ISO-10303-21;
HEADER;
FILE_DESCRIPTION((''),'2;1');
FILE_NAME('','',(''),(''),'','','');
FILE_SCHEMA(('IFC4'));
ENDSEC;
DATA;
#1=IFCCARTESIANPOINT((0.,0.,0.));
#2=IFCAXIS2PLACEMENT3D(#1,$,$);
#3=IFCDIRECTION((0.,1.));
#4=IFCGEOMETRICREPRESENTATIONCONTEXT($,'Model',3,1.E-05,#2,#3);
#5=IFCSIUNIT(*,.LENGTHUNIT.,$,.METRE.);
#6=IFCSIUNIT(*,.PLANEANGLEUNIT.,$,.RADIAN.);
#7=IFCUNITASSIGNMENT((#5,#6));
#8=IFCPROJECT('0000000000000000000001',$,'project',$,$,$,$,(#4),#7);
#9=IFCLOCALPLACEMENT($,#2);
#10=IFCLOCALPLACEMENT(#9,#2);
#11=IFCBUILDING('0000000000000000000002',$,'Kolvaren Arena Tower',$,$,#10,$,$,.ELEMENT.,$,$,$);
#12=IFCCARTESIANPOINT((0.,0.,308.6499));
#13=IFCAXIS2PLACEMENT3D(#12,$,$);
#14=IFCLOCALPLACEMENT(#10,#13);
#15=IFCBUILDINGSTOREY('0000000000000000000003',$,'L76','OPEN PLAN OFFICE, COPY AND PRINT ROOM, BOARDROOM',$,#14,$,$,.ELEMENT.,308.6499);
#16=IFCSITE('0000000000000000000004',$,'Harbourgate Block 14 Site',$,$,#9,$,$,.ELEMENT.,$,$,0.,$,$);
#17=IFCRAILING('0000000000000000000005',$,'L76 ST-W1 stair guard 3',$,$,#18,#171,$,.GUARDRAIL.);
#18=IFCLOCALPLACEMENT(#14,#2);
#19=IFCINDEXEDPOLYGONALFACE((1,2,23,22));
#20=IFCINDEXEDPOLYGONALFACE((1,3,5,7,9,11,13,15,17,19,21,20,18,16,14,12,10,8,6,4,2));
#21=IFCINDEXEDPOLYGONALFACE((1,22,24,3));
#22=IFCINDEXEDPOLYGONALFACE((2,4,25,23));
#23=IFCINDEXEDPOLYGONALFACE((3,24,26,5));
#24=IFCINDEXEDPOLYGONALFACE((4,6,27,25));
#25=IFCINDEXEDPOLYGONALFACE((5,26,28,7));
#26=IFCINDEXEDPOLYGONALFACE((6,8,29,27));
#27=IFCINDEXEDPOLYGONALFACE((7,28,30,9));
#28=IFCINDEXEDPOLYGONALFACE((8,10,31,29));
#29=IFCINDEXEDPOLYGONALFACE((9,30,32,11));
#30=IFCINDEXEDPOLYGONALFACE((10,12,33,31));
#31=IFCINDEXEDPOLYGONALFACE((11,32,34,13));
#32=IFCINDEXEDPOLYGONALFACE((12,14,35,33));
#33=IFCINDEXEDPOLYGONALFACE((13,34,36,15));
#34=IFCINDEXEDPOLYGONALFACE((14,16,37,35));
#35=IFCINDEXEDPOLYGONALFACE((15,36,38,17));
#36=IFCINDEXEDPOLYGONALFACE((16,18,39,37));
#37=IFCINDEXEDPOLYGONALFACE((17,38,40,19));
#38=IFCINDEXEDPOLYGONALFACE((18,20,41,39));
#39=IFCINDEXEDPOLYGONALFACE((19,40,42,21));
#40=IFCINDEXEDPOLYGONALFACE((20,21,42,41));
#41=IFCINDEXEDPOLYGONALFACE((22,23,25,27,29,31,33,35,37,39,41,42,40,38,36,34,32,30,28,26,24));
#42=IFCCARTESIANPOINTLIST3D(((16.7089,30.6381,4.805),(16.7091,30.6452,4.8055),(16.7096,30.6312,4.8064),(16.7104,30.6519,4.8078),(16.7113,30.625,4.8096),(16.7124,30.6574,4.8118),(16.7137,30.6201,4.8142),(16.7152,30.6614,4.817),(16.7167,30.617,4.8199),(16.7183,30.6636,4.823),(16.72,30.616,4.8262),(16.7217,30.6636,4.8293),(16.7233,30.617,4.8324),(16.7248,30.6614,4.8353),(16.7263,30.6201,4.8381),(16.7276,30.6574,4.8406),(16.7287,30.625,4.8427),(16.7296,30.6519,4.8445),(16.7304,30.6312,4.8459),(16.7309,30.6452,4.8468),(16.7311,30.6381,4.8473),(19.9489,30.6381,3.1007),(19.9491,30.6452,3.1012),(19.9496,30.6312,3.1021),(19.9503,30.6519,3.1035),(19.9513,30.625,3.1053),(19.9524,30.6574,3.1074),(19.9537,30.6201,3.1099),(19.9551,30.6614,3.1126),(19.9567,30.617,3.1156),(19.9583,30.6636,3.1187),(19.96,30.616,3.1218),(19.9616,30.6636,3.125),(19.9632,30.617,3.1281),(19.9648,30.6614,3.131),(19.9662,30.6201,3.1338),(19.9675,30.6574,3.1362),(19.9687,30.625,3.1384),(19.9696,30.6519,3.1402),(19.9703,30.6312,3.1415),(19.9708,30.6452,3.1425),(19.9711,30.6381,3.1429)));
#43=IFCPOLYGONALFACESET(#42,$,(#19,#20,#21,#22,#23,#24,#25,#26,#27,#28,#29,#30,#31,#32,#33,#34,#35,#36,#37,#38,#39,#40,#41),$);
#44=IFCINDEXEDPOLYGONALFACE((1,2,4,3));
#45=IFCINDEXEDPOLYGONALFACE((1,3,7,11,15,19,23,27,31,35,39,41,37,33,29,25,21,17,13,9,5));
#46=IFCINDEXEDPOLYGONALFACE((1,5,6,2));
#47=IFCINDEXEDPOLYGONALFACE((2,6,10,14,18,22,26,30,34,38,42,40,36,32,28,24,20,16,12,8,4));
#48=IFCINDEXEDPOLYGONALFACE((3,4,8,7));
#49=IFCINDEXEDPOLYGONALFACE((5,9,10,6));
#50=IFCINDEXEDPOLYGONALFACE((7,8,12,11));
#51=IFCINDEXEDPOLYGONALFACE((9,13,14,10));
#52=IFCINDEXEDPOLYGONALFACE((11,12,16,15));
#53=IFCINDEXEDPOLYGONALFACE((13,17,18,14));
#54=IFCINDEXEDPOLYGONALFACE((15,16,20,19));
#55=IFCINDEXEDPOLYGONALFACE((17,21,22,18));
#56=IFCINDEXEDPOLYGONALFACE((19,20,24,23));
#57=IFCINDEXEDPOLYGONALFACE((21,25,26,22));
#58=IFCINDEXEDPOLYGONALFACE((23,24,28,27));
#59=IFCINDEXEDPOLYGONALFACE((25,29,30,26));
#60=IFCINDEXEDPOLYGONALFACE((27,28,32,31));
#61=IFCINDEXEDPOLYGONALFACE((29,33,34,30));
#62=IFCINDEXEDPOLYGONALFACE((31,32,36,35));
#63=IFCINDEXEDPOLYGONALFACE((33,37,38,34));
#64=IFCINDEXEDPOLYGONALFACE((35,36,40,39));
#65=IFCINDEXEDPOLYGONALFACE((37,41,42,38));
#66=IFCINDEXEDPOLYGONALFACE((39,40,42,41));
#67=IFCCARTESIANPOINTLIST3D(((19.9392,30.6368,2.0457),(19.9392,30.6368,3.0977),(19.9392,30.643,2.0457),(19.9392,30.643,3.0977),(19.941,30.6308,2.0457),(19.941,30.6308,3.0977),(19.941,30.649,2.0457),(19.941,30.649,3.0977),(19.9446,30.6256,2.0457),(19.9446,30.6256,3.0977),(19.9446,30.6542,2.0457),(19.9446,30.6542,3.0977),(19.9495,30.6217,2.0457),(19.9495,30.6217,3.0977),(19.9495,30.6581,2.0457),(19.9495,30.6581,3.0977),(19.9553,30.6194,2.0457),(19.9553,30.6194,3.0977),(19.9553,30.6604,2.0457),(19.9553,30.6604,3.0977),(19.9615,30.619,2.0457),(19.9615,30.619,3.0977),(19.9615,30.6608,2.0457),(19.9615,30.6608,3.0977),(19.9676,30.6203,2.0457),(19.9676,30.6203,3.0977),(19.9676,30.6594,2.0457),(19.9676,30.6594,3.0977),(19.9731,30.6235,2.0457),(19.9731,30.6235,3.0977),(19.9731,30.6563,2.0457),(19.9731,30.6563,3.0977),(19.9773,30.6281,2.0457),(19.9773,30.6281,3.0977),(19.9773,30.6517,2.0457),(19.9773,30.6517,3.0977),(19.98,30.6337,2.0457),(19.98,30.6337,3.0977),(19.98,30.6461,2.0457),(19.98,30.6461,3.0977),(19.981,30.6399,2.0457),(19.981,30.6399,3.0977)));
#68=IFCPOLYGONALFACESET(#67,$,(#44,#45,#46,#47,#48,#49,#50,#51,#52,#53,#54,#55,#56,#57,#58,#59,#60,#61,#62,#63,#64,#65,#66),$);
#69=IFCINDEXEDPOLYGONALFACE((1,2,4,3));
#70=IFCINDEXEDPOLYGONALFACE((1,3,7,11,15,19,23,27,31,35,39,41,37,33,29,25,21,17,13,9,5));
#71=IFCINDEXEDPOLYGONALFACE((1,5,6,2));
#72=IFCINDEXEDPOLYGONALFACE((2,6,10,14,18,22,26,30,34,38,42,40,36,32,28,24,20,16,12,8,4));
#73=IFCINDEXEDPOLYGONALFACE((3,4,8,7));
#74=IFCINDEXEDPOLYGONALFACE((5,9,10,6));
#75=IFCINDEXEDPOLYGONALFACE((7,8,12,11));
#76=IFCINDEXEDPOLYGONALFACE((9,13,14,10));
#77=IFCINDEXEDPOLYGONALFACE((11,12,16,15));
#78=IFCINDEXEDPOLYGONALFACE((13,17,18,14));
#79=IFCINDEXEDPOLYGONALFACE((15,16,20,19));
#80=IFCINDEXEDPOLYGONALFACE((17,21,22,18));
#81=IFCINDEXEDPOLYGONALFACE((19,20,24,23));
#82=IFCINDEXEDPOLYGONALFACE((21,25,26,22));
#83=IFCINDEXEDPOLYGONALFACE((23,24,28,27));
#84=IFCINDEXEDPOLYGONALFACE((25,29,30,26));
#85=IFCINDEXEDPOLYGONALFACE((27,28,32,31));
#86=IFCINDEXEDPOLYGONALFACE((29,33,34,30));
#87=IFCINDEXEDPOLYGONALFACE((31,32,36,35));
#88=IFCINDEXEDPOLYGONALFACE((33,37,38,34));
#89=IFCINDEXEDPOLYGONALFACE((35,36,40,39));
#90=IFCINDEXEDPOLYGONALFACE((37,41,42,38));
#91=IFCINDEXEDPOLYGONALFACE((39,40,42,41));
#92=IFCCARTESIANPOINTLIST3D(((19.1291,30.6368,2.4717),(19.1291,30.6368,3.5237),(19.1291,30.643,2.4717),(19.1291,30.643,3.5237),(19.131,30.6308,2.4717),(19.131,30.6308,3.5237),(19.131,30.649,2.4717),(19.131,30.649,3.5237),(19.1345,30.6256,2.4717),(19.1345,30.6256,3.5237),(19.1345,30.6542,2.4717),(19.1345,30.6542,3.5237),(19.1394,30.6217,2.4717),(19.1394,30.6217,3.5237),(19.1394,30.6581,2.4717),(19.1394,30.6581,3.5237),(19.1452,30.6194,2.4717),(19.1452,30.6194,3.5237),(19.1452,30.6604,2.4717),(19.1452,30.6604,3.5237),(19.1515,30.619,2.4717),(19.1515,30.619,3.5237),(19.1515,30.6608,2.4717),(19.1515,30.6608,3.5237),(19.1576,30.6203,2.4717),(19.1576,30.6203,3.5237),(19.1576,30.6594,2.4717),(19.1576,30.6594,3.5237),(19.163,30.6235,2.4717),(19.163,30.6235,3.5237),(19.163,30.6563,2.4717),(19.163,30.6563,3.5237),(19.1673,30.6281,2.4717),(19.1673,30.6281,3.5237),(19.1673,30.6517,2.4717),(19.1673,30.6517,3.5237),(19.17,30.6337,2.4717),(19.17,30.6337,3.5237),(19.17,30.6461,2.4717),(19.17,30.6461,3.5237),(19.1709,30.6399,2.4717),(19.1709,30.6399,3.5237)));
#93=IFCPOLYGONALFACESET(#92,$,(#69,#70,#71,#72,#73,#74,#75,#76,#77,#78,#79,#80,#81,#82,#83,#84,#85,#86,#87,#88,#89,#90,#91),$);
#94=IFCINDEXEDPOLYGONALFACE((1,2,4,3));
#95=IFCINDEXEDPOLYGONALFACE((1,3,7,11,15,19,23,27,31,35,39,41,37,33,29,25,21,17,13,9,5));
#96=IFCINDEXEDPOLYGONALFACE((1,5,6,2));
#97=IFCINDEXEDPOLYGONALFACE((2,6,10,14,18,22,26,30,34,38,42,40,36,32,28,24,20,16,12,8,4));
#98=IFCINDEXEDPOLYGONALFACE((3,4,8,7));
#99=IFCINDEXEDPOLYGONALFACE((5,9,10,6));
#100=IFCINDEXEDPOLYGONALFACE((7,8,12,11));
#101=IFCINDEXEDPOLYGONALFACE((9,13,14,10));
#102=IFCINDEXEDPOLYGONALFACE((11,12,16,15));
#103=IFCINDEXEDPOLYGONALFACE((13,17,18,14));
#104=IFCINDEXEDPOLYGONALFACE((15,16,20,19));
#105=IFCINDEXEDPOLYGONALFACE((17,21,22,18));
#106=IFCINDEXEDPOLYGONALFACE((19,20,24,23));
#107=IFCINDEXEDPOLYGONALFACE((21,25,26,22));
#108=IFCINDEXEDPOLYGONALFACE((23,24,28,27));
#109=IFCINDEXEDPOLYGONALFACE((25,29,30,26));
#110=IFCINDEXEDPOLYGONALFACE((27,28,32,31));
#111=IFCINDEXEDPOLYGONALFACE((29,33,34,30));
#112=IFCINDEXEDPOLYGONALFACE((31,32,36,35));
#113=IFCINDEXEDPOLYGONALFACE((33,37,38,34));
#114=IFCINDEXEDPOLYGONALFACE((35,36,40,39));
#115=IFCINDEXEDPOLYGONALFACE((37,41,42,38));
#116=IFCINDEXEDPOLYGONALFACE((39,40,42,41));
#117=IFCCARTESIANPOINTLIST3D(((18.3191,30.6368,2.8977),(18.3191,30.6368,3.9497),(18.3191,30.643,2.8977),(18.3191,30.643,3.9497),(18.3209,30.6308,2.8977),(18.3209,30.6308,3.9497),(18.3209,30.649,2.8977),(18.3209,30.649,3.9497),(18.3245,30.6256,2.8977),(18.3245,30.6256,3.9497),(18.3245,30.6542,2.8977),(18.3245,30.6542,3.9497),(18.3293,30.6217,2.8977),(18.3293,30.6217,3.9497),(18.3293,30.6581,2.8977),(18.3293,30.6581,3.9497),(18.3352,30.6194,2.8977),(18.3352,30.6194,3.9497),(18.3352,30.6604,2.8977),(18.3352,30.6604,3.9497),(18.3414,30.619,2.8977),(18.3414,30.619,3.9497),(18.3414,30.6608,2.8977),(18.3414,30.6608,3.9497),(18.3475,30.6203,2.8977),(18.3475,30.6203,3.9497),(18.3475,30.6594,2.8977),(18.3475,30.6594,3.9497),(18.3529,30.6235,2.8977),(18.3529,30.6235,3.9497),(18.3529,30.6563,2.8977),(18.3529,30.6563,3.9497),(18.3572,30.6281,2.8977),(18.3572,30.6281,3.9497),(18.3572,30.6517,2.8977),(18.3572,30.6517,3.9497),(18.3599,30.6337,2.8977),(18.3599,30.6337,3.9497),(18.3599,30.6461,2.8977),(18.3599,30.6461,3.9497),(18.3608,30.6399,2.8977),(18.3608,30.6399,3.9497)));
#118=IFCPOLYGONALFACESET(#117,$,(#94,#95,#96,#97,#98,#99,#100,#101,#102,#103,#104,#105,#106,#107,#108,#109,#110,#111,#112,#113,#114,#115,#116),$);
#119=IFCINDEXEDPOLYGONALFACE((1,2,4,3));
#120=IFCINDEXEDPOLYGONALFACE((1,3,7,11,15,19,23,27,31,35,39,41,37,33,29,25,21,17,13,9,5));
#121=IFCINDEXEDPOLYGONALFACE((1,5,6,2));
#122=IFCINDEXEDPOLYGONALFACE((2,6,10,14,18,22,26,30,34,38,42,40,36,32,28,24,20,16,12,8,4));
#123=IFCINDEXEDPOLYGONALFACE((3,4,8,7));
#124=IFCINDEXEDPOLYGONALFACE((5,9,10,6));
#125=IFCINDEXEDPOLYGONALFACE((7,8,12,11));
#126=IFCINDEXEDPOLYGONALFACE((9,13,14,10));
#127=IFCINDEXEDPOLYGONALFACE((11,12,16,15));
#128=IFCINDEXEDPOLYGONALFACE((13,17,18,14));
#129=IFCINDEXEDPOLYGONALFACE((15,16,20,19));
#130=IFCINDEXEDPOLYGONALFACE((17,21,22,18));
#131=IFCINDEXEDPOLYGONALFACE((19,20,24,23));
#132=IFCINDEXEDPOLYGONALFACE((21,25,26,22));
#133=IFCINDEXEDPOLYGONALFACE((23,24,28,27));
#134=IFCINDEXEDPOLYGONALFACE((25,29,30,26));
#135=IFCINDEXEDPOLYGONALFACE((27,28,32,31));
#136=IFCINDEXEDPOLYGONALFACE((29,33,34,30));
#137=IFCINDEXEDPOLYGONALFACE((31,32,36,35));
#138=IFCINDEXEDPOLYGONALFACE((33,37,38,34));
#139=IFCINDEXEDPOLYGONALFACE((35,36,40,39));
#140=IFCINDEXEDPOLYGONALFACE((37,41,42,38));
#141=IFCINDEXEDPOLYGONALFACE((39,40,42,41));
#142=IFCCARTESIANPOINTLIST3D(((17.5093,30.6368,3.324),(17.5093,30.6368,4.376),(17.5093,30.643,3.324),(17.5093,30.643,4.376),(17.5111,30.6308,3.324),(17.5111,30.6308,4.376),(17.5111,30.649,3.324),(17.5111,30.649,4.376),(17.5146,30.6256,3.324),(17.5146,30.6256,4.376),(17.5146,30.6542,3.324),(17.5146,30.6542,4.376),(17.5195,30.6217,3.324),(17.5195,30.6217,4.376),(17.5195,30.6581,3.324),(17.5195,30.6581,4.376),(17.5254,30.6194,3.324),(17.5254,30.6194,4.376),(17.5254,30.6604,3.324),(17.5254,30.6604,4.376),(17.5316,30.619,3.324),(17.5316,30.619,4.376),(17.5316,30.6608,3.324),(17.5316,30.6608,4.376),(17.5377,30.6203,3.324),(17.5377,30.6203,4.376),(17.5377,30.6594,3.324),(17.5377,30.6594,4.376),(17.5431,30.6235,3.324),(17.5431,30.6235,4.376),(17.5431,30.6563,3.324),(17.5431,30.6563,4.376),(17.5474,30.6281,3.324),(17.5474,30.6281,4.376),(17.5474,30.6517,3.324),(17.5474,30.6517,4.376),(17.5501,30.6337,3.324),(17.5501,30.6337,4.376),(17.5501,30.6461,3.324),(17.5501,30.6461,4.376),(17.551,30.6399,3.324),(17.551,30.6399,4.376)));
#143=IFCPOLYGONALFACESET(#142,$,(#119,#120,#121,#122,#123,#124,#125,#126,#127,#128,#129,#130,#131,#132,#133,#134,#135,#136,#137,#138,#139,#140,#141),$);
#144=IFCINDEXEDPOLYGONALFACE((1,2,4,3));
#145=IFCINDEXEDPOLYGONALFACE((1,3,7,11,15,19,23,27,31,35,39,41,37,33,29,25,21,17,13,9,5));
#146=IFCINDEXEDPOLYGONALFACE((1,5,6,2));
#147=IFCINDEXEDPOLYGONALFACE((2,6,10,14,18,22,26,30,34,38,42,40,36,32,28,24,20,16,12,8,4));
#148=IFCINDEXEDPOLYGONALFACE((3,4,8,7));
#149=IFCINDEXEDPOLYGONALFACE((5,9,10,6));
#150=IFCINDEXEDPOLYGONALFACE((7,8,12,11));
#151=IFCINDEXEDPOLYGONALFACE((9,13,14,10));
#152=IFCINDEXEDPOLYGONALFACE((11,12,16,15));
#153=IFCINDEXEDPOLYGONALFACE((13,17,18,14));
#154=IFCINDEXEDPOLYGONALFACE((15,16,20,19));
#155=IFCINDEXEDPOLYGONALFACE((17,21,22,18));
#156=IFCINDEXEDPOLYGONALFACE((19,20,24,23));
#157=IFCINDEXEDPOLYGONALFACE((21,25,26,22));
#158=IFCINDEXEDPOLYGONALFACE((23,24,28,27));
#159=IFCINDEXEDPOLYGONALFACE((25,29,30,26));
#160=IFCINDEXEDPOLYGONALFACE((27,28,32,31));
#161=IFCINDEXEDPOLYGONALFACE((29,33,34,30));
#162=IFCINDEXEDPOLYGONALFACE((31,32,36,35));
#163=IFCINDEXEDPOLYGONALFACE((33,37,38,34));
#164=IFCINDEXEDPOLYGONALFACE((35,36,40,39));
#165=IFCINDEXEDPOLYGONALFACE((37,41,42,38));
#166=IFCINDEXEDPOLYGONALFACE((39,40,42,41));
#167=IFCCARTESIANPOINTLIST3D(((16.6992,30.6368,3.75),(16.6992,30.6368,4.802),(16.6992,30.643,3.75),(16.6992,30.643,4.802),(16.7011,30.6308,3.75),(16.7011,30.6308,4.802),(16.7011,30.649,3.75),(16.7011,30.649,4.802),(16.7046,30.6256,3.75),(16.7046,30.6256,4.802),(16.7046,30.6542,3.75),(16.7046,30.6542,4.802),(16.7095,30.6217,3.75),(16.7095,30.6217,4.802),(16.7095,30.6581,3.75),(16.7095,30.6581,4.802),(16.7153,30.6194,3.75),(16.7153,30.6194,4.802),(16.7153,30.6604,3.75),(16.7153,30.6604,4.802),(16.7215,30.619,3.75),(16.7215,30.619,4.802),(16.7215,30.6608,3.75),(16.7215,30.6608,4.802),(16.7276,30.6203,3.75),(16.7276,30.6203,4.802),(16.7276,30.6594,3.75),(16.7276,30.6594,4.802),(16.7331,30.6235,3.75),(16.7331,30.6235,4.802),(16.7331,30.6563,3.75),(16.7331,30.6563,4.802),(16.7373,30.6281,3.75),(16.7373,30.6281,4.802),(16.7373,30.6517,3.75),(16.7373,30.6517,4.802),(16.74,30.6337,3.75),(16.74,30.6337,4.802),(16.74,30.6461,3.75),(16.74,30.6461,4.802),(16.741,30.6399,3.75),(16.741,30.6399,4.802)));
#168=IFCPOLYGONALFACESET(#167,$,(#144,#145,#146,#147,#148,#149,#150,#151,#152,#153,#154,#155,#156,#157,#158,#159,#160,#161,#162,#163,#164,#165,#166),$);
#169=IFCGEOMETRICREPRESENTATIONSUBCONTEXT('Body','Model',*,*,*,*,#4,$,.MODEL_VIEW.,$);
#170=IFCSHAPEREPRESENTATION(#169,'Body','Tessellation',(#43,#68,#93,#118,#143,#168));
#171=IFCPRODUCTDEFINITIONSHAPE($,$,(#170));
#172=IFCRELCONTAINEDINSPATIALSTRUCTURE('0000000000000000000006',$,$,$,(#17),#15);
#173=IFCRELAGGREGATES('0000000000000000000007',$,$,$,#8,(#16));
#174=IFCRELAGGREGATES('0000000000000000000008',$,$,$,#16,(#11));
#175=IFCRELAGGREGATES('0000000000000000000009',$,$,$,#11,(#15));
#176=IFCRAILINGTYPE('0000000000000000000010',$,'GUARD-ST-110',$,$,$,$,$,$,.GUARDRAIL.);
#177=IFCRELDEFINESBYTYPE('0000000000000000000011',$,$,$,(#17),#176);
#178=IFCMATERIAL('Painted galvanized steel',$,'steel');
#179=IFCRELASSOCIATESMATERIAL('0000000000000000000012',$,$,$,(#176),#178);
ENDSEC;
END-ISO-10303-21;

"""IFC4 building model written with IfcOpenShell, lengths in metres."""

from ifc_helpers import new_model, si_unit, direction, frame, origin, origin_2d, place, context, subcontext, project, spatial, circle, extrude, material, type_object, element, save


model = new_model("IFC4")

# Units and contexts
model_context = context("Model", 3, precision=1e-05, world=origin(), true_north=direction((0.0, 1.0)))
body_context = subcontext(model_context, "Body", "Model", "MODEL_VIEW")
ifc_project = project(units=[si_unit("LENGTHUNIT", "METRE"), si_unit("PLANEANGLEUNIT", "RADIAN")], contexts=[model_context])

# Site, building, storey
site_placement = place(None, origin())
site = spatial("IfcSite", under=ifc_project, at=site_placement, Name="Harbourgate Block 14 Site", CompositionType="ELEMENT", RefElevation=0.0)
building_placement = place(site_placement, origin())
building = spatial("IfcBuilding", under=site, at=building_placement, Name="Kolvaren Arena Tower", CompositionType="ELEMENT")
storey_placement = place(building_placement, frame((0.0, 0.0, 308.6499)))
storey = spatial("IfcBuildingStorey", under=building, at=storey_placement, Name="L76", Description="OPEN PLAN OFFICE, COPY AND PRINT ROOM, BOARDROOM", CompositionType="ELEMENT", Elevation=308.6499)

# Railing
ifc_material_1 = material(Name="Painted galvanized steel", Category="steel")
railing_type_1 = type_object("IfcRailingType", Name="GUARD-ST-110", PredefinedType="GUARDRAIL", material=ifc_material_1)
railing_1_placement = place(storey_placement, frame((19.96, 30.6399, 2.0457)))
element("IfcRailing", 1, at=railing_1_placement, inside=storey, type_object=railing_type_1, Name="L76 ST-W1 stair guard 3", PredefinedType="GUARDRAIL", context=body_context, shape_type="SweptSolid", body=[
    extrude(circle(Radius=0.0239, at=origin_2d()), frame((0.0, 0.0, 1.0762), z_axis=(-0.885021, 0.0, 0.465551), x_axis=(0.0, -1.0, 0.0)), (0.0, 0.0, 1.0), 3.6609),
    extrude(circle(Radius=0.021, at=origin_2d()), origin(), (0.0, 0.0, 1.0), 1.052),
    extrude(circle(Radius=0.021, at=origin_2d()), frame((-0.8101, 0.0, 0.426)), (0.0, 0.0, 1.0), 1.052),
    extrude(circle(Radius=0.021, at=origin_2d()), frame((-1.6201, 0.0, 0.8521)), (0.0, 0.0, 1.0), 1.052),
    extrude(circle(Radius=0.021, at=origin_2d()), frame((-2.4299, 0.0, 1.2783)), (0.0, 0.0, 1.0), 1.052),
    extrude(circle(Radius=0.021, at=origin_2d()), frame((-3.24, 0.0, 1.7043)), (0.0, 0.0, 1.0), 1.052),
])

save(model, "model.ifc")
